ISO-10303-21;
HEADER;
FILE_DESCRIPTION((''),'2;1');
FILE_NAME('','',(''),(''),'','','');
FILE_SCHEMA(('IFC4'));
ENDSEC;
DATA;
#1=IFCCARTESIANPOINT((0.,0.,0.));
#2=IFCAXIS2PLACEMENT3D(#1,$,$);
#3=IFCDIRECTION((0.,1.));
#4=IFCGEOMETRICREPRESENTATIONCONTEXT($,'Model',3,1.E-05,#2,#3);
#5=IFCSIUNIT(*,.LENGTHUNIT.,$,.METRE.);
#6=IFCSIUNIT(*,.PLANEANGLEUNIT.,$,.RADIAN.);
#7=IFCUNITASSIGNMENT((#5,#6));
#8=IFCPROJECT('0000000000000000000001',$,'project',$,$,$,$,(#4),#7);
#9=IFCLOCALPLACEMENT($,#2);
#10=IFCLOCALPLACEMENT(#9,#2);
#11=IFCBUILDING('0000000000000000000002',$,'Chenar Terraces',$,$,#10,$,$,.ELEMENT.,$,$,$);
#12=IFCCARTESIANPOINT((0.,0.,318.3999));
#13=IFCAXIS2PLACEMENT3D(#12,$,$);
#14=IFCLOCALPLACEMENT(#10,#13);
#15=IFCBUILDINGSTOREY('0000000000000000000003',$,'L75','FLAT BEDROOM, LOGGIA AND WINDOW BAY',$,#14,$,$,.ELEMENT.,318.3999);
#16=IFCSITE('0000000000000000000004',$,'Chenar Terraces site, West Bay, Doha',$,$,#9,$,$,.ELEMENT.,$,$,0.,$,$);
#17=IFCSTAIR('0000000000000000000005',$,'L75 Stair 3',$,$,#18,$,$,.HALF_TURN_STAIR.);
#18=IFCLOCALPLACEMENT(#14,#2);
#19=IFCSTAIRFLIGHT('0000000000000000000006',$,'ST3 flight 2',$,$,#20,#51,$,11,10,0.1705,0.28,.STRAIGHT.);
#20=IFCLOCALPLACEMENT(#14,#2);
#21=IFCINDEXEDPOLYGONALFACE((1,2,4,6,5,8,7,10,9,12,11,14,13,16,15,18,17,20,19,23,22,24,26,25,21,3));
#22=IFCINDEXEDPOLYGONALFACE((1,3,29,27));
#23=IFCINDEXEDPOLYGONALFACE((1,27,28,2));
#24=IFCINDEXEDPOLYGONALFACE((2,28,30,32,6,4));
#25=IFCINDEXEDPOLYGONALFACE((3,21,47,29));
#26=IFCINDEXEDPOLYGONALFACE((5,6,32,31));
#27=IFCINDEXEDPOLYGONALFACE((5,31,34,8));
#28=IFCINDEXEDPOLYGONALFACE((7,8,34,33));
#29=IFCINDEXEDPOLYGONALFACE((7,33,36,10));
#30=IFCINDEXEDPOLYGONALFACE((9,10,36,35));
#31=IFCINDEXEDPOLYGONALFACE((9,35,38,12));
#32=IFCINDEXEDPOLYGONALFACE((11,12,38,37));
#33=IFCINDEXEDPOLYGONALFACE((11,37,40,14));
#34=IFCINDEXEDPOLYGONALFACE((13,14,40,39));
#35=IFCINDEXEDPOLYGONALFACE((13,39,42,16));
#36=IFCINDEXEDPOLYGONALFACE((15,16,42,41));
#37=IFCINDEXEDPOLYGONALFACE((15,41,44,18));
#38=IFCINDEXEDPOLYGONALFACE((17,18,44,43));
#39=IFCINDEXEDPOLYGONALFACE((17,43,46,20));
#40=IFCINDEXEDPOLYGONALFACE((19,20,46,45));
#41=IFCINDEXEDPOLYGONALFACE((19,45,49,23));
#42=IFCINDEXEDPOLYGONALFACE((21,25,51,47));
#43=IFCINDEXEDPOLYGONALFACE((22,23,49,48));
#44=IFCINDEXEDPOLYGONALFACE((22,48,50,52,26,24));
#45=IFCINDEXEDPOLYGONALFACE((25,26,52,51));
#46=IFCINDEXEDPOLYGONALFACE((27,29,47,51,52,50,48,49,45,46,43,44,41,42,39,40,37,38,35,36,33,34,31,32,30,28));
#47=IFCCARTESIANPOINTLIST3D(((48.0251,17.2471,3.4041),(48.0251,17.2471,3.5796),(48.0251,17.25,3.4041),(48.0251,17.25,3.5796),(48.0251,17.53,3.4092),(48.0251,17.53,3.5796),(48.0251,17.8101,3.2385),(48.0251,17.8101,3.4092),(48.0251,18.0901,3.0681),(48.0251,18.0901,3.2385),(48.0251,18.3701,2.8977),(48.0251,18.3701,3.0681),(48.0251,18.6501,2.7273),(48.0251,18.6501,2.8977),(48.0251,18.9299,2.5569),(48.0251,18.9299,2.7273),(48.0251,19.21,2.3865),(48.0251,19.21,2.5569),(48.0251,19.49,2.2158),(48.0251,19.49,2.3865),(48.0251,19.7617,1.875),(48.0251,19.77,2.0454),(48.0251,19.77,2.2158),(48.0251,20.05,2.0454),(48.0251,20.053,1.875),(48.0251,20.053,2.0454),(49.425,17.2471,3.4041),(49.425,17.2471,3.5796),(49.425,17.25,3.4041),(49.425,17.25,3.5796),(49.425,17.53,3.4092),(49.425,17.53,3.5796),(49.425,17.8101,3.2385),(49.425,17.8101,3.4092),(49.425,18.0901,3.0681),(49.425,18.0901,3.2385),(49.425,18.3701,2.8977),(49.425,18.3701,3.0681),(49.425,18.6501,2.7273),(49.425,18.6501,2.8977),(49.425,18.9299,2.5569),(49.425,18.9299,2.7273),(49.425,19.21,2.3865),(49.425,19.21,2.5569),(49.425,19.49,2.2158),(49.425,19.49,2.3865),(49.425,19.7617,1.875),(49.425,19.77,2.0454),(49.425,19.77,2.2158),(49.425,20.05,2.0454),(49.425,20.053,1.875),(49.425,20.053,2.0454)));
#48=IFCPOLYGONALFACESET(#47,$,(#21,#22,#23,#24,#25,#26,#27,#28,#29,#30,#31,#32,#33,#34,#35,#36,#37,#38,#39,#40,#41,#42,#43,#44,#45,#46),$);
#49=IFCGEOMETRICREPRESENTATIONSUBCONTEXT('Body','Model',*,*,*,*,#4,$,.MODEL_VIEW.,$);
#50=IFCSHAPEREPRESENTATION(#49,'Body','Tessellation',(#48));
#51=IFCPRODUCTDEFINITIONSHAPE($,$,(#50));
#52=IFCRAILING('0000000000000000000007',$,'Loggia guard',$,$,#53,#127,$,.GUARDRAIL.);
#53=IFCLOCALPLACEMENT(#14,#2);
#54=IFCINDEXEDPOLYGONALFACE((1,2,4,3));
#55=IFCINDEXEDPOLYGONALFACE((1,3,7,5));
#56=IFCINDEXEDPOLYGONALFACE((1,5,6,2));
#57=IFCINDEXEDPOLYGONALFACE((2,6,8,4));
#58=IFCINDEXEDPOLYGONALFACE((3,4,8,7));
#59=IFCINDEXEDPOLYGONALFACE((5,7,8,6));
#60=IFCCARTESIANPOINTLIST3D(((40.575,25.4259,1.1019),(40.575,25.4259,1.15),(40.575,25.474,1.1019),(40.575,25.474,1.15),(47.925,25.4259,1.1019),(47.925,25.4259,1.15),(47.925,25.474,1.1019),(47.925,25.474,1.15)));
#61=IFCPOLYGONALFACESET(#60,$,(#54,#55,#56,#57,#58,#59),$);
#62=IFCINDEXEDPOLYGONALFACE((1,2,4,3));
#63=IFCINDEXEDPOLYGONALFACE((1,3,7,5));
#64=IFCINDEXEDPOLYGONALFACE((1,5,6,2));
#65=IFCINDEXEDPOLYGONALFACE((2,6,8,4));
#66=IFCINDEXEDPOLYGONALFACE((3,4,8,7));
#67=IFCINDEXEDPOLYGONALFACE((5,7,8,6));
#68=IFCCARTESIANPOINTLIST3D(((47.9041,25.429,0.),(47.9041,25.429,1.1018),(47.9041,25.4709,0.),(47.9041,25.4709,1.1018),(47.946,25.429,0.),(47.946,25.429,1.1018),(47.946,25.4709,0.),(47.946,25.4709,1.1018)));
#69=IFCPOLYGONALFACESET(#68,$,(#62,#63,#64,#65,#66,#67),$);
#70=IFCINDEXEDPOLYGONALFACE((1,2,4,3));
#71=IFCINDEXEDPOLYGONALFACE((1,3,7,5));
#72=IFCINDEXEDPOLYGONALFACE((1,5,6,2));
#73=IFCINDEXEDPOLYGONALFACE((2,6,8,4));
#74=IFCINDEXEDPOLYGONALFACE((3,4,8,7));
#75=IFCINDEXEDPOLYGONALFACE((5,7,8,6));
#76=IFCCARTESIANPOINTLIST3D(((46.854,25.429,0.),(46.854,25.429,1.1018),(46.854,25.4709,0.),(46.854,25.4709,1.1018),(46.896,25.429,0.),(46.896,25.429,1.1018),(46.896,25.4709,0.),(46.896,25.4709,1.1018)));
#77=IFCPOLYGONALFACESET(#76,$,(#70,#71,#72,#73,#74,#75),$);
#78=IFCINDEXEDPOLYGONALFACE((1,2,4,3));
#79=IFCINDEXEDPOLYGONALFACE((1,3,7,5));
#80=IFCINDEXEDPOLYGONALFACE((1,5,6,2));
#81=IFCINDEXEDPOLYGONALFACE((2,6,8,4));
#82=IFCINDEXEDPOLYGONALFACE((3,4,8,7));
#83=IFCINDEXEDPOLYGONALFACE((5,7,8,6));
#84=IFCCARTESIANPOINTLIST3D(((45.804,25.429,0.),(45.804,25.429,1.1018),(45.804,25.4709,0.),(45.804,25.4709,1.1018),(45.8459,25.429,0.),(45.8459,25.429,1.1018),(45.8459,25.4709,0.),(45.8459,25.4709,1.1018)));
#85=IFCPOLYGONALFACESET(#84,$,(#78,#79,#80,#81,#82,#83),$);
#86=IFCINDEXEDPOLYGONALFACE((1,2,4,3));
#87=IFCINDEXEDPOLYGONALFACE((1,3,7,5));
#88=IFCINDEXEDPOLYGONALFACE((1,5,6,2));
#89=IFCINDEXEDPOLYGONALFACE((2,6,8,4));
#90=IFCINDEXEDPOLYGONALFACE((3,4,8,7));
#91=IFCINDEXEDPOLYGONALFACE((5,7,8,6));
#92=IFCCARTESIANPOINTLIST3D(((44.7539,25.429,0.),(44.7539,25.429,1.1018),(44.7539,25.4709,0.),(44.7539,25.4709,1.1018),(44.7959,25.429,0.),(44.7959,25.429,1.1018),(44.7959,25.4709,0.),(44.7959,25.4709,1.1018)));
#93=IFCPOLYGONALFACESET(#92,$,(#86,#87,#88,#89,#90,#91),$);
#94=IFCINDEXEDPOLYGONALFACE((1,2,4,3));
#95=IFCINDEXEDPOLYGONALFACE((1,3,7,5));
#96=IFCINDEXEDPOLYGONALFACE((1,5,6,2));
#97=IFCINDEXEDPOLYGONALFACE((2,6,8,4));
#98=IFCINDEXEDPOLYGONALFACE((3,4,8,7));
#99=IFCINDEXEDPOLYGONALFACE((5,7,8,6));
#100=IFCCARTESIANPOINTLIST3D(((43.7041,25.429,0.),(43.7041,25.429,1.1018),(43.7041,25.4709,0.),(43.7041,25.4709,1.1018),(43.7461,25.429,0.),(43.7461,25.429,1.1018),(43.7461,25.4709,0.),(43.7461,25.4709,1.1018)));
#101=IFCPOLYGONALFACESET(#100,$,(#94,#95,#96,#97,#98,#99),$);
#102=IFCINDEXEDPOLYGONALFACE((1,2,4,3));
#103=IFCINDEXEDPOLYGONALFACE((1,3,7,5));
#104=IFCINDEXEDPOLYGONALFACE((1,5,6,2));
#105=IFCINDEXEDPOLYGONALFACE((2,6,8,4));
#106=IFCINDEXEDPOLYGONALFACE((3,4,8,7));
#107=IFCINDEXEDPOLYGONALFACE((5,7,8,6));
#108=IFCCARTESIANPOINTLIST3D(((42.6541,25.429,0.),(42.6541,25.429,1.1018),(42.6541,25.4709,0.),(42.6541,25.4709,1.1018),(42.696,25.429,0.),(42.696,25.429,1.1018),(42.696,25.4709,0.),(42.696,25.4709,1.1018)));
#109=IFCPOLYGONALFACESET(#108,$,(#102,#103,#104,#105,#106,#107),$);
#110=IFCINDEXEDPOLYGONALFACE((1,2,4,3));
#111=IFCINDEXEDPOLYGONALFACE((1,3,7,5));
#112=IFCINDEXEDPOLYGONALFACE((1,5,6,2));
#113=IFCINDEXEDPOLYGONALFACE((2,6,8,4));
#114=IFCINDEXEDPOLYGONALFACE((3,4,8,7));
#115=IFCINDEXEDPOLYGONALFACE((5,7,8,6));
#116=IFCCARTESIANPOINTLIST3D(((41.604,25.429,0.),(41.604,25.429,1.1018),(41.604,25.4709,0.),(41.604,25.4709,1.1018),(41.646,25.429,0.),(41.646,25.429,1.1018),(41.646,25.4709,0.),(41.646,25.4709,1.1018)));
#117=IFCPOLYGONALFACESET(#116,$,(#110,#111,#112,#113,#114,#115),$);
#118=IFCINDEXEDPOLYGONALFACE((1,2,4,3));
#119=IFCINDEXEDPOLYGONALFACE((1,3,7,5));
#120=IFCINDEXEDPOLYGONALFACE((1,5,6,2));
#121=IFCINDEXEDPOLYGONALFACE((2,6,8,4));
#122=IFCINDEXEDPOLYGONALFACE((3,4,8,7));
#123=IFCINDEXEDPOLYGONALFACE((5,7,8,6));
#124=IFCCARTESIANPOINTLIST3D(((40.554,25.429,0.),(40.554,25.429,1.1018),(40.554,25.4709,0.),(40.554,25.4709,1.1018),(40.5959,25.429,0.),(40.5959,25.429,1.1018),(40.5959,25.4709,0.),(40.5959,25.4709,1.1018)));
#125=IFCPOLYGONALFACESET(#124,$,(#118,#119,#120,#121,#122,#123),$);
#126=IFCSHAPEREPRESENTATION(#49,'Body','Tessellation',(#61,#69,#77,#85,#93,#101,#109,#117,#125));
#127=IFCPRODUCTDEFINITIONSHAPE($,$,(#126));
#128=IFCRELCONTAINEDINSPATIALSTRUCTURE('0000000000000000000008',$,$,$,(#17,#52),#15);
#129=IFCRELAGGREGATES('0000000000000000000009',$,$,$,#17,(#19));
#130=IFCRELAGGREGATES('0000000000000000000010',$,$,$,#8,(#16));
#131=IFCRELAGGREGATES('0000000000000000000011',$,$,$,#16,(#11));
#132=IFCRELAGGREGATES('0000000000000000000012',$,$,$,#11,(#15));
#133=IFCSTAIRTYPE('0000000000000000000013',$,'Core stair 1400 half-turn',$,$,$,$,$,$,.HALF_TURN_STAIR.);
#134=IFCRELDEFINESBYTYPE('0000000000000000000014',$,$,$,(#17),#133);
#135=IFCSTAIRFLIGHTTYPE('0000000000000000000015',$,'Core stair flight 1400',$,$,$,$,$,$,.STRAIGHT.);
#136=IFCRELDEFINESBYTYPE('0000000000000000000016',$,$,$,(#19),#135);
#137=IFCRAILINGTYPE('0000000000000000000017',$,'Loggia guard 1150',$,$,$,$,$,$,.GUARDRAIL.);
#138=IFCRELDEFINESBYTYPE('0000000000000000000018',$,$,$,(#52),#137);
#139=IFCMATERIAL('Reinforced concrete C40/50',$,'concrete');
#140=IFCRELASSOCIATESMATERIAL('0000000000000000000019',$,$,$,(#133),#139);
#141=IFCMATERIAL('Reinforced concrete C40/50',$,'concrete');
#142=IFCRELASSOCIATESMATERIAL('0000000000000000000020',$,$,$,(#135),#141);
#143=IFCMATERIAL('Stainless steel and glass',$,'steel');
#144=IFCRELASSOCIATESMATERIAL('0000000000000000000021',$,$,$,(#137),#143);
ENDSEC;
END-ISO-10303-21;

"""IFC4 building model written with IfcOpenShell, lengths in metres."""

from ifc_helpers import new_model, si_unit, direction, frame, origin, origin_2d, place, context, subcontext, project, spatial, polyline, rectangle, outline, extrude, material, type_object, element, aggregate, save


model = new_model("IFC4")

# Units and contexts
model_context = context("Model", 3, precision=1e-05, world=origin(), true_north=direction((0.0, 1.0)))
body_context = subcontext(model_context, "Body", "Model", "MODEL_VIEW")
ifc_project = project(units=[si_unit("LENGTHUNIT", "METRE"), si_unit("PLANEANGLEUNIT", "RADIAN")], contexts=[model_context])

# Site, building, storey
site_placement = place(None, origin())
site = spatial("IfcSite", under=ifc_project, at=site_placement, Name="Chenar Terraces site, West Bay, Doha", CompositionType="ELEMENT", RefElevation=0.0)
building_placement = place(site_placement, origin())
building = spatial("IfcBuilding", under=site, at=building_placement, Name="Chenar Terraces", CompositionType="ELEMENT")
storey_placement = place(building_placement, frame((0.0, 0.0, 318.3999)))
storey = spatial("IfcBuildingStorey", under=building, at=storey_placement, Name="L75", Description="FLAT BEDROOM, LOGGIA AND WINDOW BAY", CompositionType="ELEMENT", Elevation=318.3999)

# Stair, stair flight
ifc_material_1 = material(Name="Reinforced concrete C40/50", Category="concrete")
stair_type = type_object("IfcStairType", Name="Core stair 1400 half-turn", PredefinedType="HALF_TURN_STAIR", material=ifc_material_1)
stair_placement = place(storey_placement, origin())
stair = element("IfcStair", 1, at=stair_placement, inside=storey, type_object=stair_type, Name="L75 Stair 3", PredefinedType="HALF_TURN_STAIR")
ifc_material_2 = material(Name="Reinforced concrete C40/50", Category="concrete")
stair_flight_type = type_object("IfcStairFlightType", Name="Core stair flight 1400", PredefinedType="STRAIGHT", material=ifc_material_2)
stair_flight_1_placement = place(storey_placement, frame((48.7251, 20.05, 1.875), z_axis=(0.0, 0.0, 1.0), x_axis=(0.0, -1.0, 0.0)))
stair_flight_1 = element("IfcStairFlight", 2, at=stair_flight_1_placement, type_object=stair_flight_type, Name="ST3 flight 2", NumberOfRisers=11, NumberOfTreads=10, PredefinedType="STRAIGHT", RiserHeight=0.1705, TreadLength=0.28, context=body_context, shape_type="SweptSolid", body=[
    extrude(outline(polyline([(-0.0029, 0.0), (-0.0029, 0.1704), (0.0, 0.1704), (0.28, 0.1704), (0.28, 0.3408), (0.5601, 0.3408), (0.5601, 0.5115), (0.8401, 0.5115), (0.8401, 0.6819), (1.1201, 0.6819), (1.1201, 0.8523), (1.3999, 0.8523), (1.3999, 1.0227), (1.6799, 1.0227), (1.6799, 1.1931), (1.96, 1.1931), (1.96, 1.3635), (2.24, 1.3635), (2.24, 1.5342), (2.52, 1.5342), (2.52, 1.7046), (2.8, 1.7046), (2.803, 1.7046), (2.803, 1.5291), (2.8, 1.5291), (0.2883, 0.0), (-0.0029, 0.0)])), frame((0.0, 0.7, 0.0), z_axis=(0.0, -1.0, 0.0), x_axis=(1.0, 0.0, 0.0)), (0.0, 0.0, 1.0), 1.3999),
])
aggregate(stair, [stair_flight_1])

# Railing
ifc_material_3 = material(Name="Stainless steel and glass", Category="steel")
railing_type_1 = type_object("IfcRailingType", Name="Loggia guard 1150", PredefinedType="GUARDRAIL", material=ifc_material_3)
railing_1_placement = place(storey_placement, frame((47.925, 25.45, 0.0)))
element("IfcRailing", 3, at=railing_1_placement, inside=storey, type_object=railing_type_1, Name="Loggia guard", PredefinedType="GUARDRAIL", context=body_context, shape_type="SweptSolid", body=[
    extrude(rectangle(XDim=0.0481, YDim=0.0481, at=origin_2d()), frame((0.0, 0.0, 1.126), z_axis=(-1.0, 0.0, 0.0), x_axis=(0.0, -1.0, 0.0)), (0.0, 0.0, 1.0), 7.3501),
    extrude(rectangle(XDim=0.042, YDim=0.042, at=origin_2d()), origin(), (0.0, 0.0, 1.0), 1.1018),
    extrude(rectangle(XDim=0.042, YDim=0.042, at=origin_2d()), frame((-1.05, 0.0, 0.0)), (0.0, 0.0, 1.0), 1.1018),
    extrude(rectangle(XDim=0.042, YDim=0.042, at=origin_2d()), frame((-2.1001, 0.0, 0.0)), (0.0, 0.0, 1.0), 1.1018),
    extrude(rectangle(XDim=0.042, YDim=0.042, at=origin_2d()), frame((-3.1501, 0.0, 0.0)), (0.0, 0.0, 1.0), 1.1018),
    extrude(rectangle(XDim=0.042, YDim=0.042, at=origin_2d()), frame((-4.2, 0.0, 0.0)), (0.0, 0.0, 1.0), 1.1018),
    extrude(rectangle(XDim=0.042, YDim=0.042, at=origin_2d()), frame((-5.25, 0.0, 0.0)), (0.0, 0.0, 1.0), 1.1018),
    extrude(rectangle(XDim=0.042, YDim=0.042, at=origin_2d()), frame((-6.3, 0.0, 0.0)), (0.0, 0.0, 1.0), 1.1018),
    extrude(rectangle(XDim=0.042, YDim=0.042, at=origin_2d()), frame((-7.3501, 0.0, 0.0)), (0.0, 0.0, 1.0), 1.1018),
])

save(model, "model.ifc")
